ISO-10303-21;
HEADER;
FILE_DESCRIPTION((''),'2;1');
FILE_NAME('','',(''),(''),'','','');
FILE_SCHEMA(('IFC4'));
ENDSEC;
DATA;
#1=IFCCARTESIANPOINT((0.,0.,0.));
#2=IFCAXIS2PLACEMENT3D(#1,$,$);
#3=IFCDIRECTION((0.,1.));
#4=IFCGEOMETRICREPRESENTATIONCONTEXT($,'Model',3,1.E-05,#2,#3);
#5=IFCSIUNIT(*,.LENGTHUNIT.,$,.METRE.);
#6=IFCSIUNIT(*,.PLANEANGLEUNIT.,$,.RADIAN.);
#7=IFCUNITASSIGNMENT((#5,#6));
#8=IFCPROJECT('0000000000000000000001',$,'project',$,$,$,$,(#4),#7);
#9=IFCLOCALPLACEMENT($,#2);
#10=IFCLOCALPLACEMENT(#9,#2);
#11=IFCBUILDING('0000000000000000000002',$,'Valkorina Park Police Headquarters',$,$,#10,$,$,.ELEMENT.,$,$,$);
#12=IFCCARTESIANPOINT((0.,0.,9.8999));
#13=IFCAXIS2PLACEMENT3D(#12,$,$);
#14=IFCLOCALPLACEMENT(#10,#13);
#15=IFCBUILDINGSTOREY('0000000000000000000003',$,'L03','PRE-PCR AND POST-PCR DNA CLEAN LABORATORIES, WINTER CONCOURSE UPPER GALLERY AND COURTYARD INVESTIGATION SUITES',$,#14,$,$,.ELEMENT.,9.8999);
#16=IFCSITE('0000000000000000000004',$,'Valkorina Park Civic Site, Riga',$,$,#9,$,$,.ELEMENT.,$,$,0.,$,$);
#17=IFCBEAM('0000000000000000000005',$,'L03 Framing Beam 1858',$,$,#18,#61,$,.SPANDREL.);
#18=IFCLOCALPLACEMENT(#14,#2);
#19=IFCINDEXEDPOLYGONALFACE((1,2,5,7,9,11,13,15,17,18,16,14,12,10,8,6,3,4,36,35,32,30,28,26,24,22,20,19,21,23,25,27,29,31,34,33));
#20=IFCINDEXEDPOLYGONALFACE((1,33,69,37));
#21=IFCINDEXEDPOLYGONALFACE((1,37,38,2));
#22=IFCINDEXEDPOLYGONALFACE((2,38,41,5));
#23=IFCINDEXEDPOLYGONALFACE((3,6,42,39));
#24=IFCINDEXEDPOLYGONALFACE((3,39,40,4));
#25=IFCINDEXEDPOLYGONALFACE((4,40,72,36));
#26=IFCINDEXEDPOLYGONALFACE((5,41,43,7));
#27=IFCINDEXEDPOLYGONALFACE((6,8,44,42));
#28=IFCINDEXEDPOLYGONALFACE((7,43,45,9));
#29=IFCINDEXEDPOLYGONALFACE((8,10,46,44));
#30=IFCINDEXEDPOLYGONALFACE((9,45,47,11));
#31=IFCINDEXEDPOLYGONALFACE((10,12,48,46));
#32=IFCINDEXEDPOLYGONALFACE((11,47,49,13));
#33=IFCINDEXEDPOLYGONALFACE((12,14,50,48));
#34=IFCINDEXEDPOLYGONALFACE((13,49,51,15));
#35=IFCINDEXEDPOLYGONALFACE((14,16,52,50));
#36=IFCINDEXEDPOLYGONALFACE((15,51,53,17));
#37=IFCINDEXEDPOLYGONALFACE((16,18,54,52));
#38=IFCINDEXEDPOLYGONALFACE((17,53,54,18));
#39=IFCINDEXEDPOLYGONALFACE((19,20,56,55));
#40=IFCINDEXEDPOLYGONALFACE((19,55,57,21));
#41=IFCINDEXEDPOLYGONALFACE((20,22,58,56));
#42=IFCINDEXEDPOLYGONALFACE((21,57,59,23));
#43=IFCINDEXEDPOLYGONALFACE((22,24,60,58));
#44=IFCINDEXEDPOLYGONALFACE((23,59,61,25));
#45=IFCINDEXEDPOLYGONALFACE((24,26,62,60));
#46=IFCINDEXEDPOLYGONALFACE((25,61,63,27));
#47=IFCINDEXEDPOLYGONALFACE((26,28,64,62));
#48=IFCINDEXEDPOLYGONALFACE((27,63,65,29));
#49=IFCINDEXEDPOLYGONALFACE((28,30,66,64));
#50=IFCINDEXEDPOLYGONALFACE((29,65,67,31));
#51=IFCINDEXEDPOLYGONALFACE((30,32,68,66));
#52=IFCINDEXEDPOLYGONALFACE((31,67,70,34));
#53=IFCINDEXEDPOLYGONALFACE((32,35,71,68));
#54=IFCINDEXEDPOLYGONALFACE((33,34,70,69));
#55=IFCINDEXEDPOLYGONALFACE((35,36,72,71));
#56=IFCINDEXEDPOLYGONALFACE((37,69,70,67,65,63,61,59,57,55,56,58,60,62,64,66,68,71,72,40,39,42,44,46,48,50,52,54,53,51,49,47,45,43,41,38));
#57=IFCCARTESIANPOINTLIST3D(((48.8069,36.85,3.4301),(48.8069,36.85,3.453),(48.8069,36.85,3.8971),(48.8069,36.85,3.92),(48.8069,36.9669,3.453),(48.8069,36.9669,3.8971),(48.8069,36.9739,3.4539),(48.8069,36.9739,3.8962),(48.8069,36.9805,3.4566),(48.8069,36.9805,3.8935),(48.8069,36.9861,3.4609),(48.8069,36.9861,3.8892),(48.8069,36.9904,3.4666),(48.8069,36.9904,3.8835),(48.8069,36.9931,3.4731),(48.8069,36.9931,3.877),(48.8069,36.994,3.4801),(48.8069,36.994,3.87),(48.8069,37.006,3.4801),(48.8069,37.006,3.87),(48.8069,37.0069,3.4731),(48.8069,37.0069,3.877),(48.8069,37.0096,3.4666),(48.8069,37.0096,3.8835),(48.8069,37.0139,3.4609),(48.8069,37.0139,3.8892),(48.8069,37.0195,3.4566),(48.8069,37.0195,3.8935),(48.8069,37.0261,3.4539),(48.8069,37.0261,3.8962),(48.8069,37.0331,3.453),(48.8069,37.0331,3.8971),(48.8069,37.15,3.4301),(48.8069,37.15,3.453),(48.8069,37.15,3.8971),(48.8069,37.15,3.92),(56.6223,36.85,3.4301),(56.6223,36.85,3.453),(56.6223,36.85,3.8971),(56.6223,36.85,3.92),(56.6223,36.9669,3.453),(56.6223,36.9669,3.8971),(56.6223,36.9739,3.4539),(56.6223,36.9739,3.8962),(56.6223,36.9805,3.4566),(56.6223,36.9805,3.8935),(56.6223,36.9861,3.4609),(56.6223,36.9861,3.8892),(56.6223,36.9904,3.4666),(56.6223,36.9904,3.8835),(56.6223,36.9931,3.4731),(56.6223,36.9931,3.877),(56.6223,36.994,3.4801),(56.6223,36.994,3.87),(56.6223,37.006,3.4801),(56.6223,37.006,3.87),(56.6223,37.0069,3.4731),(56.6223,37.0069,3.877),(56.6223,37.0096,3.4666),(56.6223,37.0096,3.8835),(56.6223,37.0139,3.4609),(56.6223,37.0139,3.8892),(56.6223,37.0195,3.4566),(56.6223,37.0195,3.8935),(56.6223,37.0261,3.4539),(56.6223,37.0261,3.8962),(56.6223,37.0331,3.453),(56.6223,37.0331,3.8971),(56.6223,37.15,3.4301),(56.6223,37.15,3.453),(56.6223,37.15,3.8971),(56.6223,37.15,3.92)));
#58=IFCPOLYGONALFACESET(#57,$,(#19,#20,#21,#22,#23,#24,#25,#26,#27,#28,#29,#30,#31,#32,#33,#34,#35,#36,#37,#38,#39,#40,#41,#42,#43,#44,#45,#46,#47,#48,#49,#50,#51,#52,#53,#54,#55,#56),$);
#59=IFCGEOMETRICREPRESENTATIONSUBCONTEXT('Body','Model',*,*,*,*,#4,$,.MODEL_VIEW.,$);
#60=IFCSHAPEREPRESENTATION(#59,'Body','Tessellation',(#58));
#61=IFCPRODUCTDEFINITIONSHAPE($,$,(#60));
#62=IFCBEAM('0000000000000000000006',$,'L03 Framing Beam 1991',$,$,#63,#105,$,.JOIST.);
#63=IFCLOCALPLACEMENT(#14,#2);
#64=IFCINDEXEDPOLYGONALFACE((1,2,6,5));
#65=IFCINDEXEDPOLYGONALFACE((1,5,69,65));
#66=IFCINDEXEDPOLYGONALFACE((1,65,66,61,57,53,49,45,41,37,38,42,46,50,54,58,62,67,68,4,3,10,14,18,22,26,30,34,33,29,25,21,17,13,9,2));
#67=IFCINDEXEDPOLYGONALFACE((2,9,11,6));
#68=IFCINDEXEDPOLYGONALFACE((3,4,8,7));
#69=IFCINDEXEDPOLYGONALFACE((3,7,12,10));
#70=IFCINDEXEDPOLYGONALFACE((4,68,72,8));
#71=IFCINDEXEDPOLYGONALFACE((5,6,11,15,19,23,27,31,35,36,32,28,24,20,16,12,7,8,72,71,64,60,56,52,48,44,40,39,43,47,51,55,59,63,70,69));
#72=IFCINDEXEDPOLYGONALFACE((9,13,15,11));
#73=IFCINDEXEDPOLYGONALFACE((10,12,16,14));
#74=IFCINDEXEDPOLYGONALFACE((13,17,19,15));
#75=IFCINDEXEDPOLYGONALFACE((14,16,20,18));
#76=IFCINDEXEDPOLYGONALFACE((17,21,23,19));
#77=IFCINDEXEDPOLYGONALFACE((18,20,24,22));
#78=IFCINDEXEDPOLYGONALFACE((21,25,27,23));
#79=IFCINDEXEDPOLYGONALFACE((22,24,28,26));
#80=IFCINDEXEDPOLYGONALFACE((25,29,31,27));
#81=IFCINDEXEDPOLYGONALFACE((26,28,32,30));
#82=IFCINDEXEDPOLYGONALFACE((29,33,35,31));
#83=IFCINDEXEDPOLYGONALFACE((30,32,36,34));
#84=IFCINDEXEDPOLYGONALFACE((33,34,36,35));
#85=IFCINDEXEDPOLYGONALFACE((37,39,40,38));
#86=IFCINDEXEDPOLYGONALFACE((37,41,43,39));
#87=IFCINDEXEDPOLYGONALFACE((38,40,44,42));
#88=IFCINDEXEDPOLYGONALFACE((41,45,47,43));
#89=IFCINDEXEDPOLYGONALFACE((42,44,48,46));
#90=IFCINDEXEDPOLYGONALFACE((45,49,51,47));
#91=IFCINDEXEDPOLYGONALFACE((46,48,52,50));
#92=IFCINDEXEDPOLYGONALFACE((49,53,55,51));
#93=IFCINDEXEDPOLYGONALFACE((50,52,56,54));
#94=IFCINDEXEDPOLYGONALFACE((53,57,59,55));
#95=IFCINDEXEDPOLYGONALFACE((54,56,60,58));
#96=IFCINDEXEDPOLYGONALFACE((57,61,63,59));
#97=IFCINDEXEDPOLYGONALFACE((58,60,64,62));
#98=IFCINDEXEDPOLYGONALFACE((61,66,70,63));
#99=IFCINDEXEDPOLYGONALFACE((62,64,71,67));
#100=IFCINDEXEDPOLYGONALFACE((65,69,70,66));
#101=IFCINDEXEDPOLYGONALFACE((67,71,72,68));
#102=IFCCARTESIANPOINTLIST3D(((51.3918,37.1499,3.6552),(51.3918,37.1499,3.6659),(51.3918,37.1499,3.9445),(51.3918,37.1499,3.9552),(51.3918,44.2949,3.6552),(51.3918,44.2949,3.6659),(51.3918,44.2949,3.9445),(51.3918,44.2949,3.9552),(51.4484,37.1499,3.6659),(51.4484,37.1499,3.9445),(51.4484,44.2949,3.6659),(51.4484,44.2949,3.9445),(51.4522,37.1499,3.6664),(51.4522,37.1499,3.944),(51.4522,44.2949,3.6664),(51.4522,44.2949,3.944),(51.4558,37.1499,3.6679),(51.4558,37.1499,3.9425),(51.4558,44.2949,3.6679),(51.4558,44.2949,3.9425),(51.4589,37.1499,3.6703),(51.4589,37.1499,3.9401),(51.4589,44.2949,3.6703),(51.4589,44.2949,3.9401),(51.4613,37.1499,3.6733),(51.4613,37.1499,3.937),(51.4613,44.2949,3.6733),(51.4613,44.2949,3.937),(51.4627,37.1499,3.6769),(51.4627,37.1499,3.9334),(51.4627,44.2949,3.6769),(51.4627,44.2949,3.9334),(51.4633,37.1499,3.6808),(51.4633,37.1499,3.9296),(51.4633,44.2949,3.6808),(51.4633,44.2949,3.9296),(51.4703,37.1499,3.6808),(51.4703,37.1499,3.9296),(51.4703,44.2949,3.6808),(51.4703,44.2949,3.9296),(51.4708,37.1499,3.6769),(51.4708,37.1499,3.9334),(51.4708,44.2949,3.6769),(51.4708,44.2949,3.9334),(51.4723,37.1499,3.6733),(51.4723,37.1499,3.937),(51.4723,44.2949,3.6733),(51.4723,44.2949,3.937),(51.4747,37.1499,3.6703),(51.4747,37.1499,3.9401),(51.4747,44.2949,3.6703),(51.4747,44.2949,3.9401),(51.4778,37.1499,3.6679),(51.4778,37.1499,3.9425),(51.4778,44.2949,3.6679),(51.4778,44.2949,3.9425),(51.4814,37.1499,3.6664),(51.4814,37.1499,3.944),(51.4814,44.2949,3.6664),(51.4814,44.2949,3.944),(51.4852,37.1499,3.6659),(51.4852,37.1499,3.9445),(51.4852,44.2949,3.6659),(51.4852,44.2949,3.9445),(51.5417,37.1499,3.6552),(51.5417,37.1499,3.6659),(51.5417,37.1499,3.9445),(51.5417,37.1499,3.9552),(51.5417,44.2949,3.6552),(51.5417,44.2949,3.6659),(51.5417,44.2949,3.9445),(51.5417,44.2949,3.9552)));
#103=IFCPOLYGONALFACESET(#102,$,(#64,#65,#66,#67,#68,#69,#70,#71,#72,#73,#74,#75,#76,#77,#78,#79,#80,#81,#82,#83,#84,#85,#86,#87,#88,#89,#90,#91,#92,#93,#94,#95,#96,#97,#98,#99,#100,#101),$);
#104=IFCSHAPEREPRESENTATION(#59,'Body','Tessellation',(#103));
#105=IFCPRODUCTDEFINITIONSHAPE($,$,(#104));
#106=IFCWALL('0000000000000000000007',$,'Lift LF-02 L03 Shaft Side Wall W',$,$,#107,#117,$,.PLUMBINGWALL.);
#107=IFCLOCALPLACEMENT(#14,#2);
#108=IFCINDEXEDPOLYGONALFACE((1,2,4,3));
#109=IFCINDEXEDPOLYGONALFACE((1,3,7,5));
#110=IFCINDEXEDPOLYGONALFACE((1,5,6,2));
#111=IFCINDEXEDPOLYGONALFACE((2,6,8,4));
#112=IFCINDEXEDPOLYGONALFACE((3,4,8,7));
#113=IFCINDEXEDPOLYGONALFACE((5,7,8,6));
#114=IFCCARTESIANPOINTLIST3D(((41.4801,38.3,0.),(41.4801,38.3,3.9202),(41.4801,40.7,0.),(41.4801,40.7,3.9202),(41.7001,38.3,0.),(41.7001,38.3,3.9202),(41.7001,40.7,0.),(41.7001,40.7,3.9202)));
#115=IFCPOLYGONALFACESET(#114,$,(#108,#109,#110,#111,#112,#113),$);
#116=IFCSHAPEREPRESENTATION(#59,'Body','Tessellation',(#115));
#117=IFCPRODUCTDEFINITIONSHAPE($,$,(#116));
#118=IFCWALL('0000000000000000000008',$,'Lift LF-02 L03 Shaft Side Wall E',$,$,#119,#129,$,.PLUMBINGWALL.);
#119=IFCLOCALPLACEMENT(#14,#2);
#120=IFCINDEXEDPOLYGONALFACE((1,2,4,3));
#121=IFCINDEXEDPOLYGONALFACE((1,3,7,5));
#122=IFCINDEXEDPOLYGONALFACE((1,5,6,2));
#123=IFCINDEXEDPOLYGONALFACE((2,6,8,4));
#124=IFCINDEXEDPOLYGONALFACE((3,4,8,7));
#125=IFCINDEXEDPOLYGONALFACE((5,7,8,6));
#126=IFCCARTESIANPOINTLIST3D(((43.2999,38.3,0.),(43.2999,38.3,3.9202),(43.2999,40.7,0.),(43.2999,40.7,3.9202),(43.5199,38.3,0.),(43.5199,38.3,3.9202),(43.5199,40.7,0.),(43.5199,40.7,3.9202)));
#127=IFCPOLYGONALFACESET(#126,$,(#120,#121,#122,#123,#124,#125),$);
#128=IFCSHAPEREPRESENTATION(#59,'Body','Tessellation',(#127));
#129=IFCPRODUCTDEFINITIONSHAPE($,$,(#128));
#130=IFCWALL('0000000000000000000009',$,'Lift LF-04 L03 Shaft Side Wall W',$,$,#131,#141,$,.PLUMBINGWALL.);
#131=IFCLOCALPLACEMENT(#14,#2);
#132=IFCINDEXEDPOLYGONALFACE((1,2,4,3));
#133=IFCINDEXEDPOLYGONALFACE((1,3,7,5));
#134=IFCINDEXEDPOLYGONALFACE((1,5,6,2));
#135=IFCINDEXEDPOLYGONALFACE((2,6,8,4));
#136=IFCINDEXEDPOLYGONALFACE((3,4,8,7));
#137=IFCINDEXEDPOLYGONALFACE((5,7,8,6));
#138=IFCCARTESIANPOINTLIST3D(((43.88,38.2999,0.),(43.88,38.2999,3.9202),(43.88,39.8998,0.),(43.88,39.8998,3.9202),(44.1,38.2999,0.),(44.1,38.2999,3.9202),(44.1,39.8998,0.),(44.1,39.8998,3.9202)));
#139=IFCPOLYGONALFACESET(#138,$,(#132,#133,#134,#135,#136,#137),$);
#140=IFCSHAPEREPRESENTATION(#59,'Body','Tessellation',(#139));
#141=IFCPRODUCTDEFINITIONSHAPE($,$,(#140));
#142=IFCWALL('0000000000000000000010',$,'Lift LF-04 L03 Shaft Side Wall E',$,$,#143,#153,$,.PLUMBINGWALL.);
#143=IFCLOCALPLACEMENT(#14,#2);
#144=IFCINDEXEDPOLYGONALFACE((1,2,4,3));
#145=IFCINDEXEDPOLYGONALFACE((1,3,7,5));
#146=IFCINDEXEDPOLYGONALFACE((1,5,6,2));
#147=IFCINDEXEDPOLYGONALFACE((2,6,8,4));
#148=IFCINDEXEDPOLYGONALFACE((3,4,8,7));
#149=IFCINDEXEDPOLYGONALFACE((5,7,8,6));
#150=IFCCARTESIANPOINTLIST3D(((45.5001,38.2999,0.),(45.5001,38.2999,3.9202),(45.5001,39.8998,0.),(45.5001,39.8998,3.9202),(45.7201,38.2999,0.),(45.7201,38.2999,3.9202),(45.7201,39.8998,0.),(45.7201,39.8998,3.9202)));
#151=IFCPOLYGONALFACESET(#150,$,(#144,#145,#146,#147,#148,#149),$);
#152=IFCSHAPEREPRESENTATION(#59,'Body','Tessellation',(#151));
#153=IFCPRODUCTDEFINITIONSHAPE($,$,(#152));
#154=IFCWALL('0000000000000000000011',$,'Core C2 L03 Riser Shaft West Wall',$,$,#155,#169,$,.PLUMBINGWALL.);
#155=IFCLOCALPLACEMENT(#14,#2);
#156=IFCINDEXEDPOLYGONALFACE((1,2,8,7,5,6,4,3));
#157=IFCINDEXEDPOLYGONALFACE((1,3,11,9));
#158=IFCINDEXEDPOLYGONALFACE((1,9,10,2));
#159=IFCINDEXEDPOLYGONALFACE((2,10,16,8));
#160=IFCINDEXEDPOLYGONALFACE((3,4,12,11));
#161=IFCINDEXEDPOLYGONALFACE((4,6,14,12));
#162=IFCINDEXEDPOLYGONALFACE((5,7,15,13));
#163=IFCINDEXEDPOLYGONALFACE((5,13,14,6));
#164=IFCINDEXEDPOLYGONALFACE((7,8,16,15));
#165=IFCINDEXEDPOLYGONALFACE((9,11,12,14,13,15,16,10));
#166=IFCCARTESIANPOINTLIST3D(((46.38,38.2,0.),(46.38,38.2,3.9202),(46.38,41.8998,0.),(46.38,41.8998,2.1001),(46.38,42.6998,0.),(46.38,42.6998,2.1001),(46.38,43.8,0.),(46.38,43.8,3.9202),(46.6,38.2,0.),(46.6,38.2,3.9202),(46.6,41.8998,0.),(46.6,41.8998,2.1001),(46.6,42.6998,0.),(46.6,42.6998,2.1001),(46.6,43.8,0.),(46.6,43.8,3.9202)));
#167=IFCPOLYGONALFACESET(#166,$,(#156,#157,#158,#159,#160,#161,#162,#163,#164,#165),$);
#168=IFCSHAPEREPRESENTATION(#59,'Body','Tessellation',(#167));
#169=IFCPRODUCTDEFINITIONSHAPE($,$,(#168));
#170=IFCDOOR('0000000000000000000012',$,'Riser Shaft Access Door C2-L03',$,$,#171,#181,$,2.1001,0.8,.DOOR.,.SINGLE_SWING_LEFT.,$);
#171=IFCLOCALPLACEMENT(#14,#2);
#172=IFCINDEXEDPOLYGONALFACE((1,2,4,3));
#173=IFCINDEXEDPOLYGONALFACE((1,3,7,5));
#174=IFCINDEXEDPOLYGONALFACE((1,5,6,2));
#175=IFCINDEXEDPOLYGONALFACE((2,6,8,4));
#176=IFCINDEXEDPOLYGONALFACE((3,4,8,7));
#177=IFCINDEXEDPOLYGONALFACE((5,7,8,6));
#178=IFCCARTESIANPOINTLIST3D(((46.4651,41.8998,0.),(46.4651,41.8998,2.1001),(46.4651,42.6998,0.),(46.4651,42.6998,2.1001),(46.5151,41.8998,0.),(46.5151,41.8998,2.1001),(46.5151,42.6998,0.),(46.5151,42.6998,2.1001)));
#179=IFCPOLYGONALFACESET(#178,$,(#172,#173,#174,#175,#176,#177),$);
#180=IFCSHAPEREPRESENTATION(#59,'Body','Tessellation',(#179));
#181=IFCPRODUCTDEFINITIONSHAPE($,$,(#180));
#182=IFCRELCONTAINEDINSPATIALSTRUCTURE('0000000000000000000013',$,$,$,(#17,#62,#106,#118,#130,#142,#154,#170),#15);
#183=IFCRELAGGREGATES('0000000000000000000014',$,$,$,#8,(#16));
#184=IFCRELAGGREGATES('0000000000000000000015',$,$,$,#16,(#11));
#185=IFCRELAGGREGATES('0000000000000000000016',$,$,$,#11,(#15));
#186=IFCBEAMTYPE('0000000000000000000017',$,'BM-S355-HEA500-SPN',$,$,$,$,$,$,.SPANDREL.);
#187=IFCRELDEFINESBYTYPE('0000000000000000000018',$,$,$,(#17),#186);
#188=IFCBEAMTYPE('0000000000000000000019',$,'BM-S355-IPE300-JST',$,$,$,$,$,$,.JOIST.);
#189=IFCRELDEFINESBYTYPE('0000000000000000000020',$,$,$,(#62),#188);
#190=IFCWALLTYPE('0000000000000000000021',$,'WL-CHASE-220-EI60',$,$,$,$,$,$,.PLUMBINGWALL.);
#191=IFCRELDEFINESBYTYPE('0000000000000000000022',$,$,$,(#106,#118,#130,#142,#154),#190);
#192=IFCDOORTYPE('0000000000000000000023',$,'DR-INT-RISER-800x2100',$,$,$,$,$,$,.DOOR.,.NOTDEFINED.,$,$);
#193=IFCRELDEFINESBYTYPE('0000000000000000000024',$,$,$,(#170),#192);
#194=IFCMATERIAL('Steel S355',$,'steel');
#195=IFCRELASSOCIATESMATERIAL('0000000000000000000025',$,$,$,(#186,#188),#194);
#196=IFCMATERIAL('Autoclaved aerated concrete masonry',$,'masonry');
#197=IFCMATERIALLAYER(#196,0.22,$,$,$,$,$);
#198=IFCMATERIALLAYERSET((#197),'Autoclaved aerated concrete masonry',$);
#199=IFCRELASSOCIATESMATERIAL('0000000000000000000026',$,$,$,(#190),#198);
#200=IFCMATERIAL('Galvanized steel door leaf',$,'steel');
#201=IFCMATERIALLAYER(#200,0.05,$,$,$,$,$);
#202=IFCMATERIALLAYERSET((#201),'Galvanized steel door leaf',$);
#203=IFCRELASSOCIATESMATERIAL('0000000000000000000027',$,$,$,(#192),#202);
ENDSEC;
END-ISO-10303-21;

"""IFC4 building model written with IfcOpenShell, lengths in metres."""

from ifc_helpers import new_model, si_unit, direction, frame, frame_2d, origin, origin_2d, place, context, subcontext, project, spatial, rectangle, i_section, extrude, material, layer, layer_set, material_profile, profile_set, type_object, element, fill, save


model = new_model("IFC4")

# Units and contexts
model_context = context("Model", 3, precision=1e-05, world=origin(), true_north=direction((0.0, 1.0)))
body_context = subcontext(model_context, "Body", "Model", "MODEL_VIEW")
ifc_project = project(units=[si_unit("LENGTHUNIT", "METRE"), si_unit("PLANEANGLEUNIT", "RADIAN")], contexts=[model_context])

# Site, building, storey
site_placement = place(None, origin())
site = spatial("IfcSite", under=ifc_project, at=site_placement, Name="Valkorina Park Civic Site, Riga", CompositionType="ELEMENT", RefElevation=0.0)
building_placement = place(site_placement, origin())
building = spatial("IfcBuilding", under=site, at=building_placement, Name="Valkorina Park Police Headquarters", CompositionType="ELEMENT")
storey_placement = place(building_placement, frame((0.0, 0.0, 9.8999)))
storey = spatial("IfcBuildingStorey", under=building, at=storey_placement, Name="L03", Description="PRE-PCR AND POST-PCR DNA CLEAN LABORATORIES, WINTER CONCOURSE UPPER GALLERY AND COURTYARD INVESTIGATION SUITES", CompositionType="ELEMENT", Elevation=9.8999)

# Shared definitions
ifc_material_1 = material(Name="Steel S355", Category="steel")

# Beams
ifc_material_profile_1 = material_profile(ifc_material_1, i_section(OverallWidth=0.3, OverallDepth=0.49, WebThickness=0.012, FlangeThickness=0.0229, FilletRadius=0.0271, at=origin_2d()), Name="HEA 500")
ifc_profile_set_1 = profile_set([ifc_material_profile_1], Name="Steel S355")
beam_type_1 = type_object("IfcBeamType", Name="BM-S355-HEA500-SPN", PredefinedType="SPANDREL", material=ifc_profile_set_1)
beam_1_placement = place(storey_placement, frame((48.8069, 37.0, 3.675), z_axis=(1.0, 0.0, 0.0), x_axis=(0.0, 1.0, 0.0)))
element("IfcBeam", 1, at=beam_1_placement, inside=storey, type_object=beam_type_1, Name="L03 Framing Beam 1858", PredefinedType="SPANDREL", context=body_context, shape_type="SweptSolid", body=[
    extrude(i_section(OverallWidth=0.3, OverallDepth=0.49, WebThickness=0.012, FlangeThickness=0.0229, FilletRadius=0.0271, at=origin_2d()), origin(), (0.0, 0.0, 1.0), 7.8154),
])
ifc_material_profile_2 = material_profile(ifc_material_1, i_section(OverallWidth=0.1499, OverallDepth=0.3, WebThickness=0.0071, FlangeThickness=0.0107, FilletRadius=0.0149, at=origin_2d()), Name="IPE 300")
ifc_profile_set_2 = profile_set([ifc_material_profile_2], Name="Steel S355")
beam_type_2 = type_object("IfcBeamType", Name="BM-S355-IPE300-JST", PredefinedType="JOIST", material=ifc_profile_set_2)
beam_2_placement = place(storey_placement, frame((51.4668, 37.1499, 3.8052), z_axis=(0.0, 1.0, 0.0), x_axis=(-1.0, 0.0, 0.0)))
element("IfcBeam", 2, at=beam_2_placement, inside=storey, type_object=beam_type_2, Name="L03 Framing Beam 1991", PredefinedType="JOIST", context=body_context, shape_type="SweptSolid", body=[
    extrude(i_section(OverallWidth=0.1499, OverallDepth=0.3, WebThickness=0.0071, FlangeThickness=0.0107, FilletRadius=0.0149, at=origin_2d()), origin(), (0.0, 0.0, 1.0), 7.145),
])

# Walls
ifc_material_2 = material(Name="Autoclaved aerated concrete masonry", Category="masonry")
ifc_layer_1 = layer(ifc_material_2, 0.22)
ifc_layer_set_1 = layer_set([ifc_layer_1], Name="Autoclaved aerated concrete masonry")
wall_type_1 = type_object("IfcWallType", Name="WL-CHASE-220-EI60", PredefinedType="PLUMBINGWALL", material=ifc_layer_set_1)
for number, where, z_axis, x_axis, name in (
    (3, (41.5901, 38.3, 0.0), (0.0, 0.0, 1.0), (0.0, 1.0, 0.0), "Lift LF-02 L03 Shaft Side Wall W"),
    (4, (43.4099, 38.3, 0.0), (0.0, 0.0, 1.0), (0.0, 1.0, 0.0), "Lift LF-02 L03 Shaft Side Wall E"),
):
    element("IfcWall", number, at=place(storey_placement, frame(where, z_axis=z_axis, x_axis=x_axis)), inside=storey, type_object=wall_type_1, Name=name, PredefinedType="PLUMBINGWALL", context=body_context, shape_type="SweptSolid", body=[
        extrude(rectangle(XDim=2.3999, YDim=0.22, at=frame_2d((1.2, 0.0))), origin(), (0.0, 0.0, 1.0), 3.9202),
    ])
for number, where, z_axis, x_axis, name in (
    (5, (43.99, 38.3, 0.0), (0.0, 0.0, 1.0), (0.0, 1.0, 0.0), "Lift LF-04 L03 Shaft Side Wall W"),
    (6, (45.6101, 38.3, 0.0), (0.0, 0.0, 1.0), (0.0, 1.0, 0.0), "Lift LF-04 L03 Shaft Side Wall E"),
):
    element("IfcWall", number, at=place(storey_placement, frame(where, z_axis=z_axis, x_axis=x_axis)), inside=storey, type_object=wall_type_1, Name=name, PredefinedType="PLUMBINGWALL", context=body_context, shape_type="SweptSolid", body=[
        extrude(rectangle(XDim=1.5999, YDim=0.22, at=frame_2d((0.7998, 0.0))), origin(), (0.0, 0.0, 1.0), 3.9202),
    ])

# Wall, opening, door
wall_1_placement = place(storey_placement, frame((46.49, 38.2, 0.0), z_axis=(0.0, 0.0, 1.0), x_axis=(0.0, 1.0, 0.0)))
wall_1 = element("IfcWall", 7, at=wall_1_placement, inside=storey, type_object=wall_type_1, Name="Core C2 L03 Riser Shaft West Wall", PredefinedType="PLUMBINGWALL", context=body_context, shape_type="SweptSolid", body=[
    extrude(rectangle(XDim=5.6001, YDim=0.22, at=frame_2d((2.8, 0.0))), origin(), (0.0, 0.0, 1.0), 3.9202),
])
opening_1_placement = place(wall_1_placement, frame((3.7, 0.0, 0.0)))
opening_1 = element("IfcOpeningElement", 8, at=opening_1_placement, cuts=wall_1, PredefinedType="OPENING", context=body_context, shape_type="SweptSolid", body=[
    extrude(rectangle(XDim=0.8, YDim=2.1001, at=frame_2d((0.3999, 1.05))), frame((0.0, 0.1201, 0.0), z_axis=(0.0, -1.0, 0.0), x_axis=(1.0, 0.0, 0.0)), (0.0, 0.0, 1.0), 0.24),
])
ifc_material_3 = material(Name="Galvanized steel door leaf", Category="steel")
ifc_layer_2 = layer(ifc_material_3, 0.05)
ifc_layer_set_2 = layer_set([ifc_layer_2], Name="Galvanized steel door leaf")
door_type = type_object("IfcDoorType", Name="DR-INT-RISER-800x2100", OperationType="NOTDEFINED", PredefinedType="DOOR", material=ifc_layer_set_2)
door_placement = place(opening_1_placement, origin())
door = element("IfcDoor", 9, at=door_placement, inside=storey, type_object=door_type, Name="Riser Shaft Access Door C2-L03", OperationType="SINGLE_SWING_LEFT", OverallHeight=2.1001, OverallWidth=0.8, PredefinedType="DOOR", context=body_context, shape_type="SweptSolid", body=[
    extrude(rectangle(XDim=0.8, YDim=2.1001, at=frame_2d((0.3999, 1.05))), frame((0.0, 0.0249, 0.0), z_axis=(0.0, -1.0, 0.0), x_axis=(1.0, 0.0, 0.0)), (0.0, 0.0, 1.0), 0.05),
])
fill(opening_1, door)

save(model, "model.ifc")
